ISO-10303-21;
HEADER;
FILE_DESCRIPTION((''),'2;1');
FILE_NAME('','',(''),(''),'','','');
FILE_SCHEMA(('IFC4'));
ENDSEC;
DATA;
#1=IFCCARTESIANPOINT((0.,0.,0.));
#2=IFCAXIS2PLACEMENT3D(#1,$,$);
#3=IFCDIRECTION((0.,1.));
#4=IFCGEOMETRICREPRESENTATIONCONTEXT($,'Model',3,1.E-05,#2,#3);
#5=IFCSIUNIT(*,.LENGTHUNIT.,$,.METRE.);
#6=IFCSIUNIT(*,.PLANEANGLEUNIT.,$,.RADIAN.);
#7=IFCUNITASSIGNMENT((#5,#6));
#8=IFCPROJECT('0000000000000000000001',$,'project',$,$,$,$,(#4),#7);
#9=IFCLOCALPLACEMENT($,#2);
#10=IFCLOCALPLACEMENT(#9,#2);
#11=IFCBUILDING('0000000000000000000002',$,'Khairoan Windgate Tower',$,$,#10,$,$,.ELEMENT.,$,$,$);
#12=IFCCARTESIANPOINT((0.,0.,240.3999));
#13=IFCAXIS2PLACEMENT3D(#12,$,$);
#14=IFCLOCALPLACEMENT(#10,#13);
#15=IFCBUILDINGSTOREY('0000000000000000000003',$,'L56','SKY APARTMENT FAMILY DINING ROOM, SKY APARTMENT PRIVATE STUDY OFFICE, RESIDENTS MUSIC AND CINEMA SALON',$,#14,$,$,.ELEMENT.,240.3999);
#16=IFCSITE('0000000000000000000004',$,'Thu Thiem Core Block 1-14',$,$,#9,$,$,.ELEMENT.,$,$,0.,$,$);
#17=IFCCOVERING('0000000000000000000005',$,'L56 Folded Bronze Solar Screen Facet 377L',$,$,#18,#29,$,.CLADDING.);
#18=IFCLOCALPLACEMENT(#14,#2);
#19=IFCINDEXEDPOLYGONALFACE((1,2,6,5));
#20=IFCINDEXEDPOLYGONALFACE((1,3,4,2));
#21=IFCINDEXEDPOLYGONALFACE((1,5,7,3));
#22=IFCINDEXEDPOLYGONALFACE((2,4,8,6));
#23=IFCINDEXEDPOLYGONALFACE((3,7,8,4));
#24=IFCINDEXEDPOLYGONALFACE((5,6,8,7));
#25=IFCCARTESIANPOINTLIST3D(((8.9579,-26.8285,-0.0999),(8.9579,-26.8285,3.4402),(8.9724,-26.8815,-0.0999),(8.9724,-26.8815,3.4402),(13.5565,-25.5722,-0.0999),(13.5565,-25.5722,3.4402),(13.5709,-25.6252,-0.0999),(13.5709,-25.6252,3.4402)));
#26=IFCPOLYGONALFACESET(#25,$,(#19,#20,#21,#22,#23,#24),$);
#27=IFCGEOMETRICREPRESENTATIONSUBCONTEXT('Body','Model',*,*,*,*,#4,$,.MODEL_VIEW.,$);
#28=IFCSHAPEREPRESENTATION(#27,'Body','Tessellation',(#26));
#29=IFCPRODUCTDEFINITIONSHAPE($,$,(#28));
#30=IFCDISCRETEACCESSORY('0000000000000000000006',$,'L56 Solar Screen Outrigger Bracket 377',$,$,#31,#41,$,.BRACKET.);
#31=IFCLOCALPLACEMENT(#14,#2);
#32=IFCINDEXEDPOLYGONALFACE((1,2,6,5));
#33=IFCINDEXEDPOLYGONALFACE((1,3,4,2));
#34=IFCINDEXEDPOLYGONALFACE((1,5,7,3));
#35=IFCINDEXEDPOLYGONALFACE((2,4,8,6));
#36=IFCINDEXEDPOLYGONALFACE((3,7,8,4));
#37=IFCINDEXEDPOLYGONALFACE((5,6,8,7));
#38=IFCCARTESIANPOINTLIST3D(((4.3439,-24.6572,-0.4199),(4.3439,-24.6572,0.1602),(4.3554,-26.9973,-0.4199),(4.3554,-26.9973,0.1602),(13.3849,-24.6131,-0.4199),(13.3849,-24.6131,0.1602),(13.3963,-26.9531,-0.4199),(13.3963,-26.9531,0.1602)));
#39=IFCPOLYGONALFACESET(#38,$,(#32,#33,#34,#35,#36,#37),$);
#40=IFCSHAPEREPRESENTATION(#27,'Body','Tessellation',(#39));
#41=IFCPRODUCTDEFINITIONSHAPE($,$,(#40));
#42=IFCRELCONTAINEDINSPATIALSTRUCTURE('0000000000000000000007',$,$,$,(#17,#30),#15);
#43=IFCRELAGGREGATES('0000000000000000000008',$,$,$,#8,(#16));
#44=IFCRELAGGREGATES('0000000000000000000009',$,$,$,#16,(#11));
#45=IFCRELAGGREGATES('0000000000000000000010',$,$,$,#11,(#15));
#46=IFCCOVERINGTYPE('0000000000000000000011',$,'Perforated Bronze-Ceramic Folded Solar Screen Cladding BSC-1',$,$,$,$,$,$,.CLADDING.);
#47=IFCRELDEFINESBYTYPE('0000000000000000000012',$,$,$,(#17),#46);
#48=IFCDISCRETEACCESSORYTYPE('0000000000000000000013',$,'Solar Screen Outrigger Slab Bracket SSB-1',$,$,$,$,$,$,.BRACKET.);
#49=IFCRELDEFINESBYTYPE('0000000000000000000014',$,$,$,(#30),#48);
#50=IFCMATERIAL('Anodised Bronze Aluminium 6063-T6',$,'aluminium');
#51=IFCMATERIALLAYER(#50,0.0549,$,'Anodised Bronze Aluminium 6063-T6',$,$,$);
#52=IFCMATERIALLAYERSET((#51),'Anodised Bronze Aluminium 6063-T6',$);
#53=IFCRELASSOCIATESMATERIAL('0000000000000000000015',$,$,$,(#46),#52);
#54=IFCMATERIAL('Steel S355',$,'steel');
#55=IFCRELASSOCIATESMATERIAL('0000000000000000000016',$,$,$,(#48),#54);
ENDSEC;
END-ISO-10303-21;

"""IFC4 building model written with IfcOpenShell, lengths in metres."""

from ifc_helpers import new_model, si_unit, direction, frame, origin, origin_2d, place, context, subcontext, project, spatial, rectangle, extrude, material, layer, layer_set, type_object, element, save


model = new_model("IFC4")

# Units and contexts
model_context = context("Model", 3, precision=1e-05, world=origin(), true_north=direction((0.0, 1.0)))
body_context = subcontext(model_context, "Body", "Model", "MODEL_VIEW")
ifc_project = project(units=[si_unit("LENGTHUNIT", "METRE"), si_unit("PLANEANGLEUNIT", "RADIAN")], contexts=[model_context])

# Site, building, storey
site_placement = place(None, origin())
site = spatial("IfcSite", under=ifc_project, at=site_placement, Name="Thu Thiem Core Block 1-14", CompositionType="ELEMENT", RefElevation=0.0)
building_placement = place(site_placement, origin())
building = spatial("IfcBuilding", under=site, at=building_placement, Name="Khairoan Windgate Tower", CompositionType="ELEMENT")
storey_placement = place(building_placement, frame((0.0, 0.0, 240.3999)))
storey = spatial("IfcBuildingStorey", under=building, at=storey_placement, Name="L56", Description="SKY APARTMENT FAMILY DINING ROOM, SKY APARTMENT PRIVATE STUDY OFFICE, RESIDENTS MUSIC AND CINEMA SALON", CompositionType="ELEMENT", Elevation=240.3999)

# Covering
ifc_material_1 = material(Name="Anodised Bronze Aluminium 6063-T6", Category="aluminium")
ifc_layer_1 = layer(ifc_material_1, 0.0549, Name="Anodised Bronze Aluminium 6063-T6")
ifc_layer_set_1 = layer_set([ifc_layer_1], Name="Anodised Bronze Aluminium 6063-T6")
covering_type = type_object("IfcCoveringType", Name="Perforated Bronze-Ceramic Folded Solar Screen Cladding BSC-1", PredefinedType="CLADDING", material=ifc_layer_set_1)
covering_placement = place(storey_placement, frame((11.2644, -26.2268, -0.0999), z_axis=(0.0, 0.0, 1.0), x_axis=(-0.964649, -0.263536, 0.0)))
element("IfcCovering", 1, at=covering_placement, inside=storey, type_object=covering_type, Name="L56 Folded Bronze Solar Screen Facet 377L", PredefinedType="CLADDING", context=body_context, shape_type="SweptSolid", body=[
    extrude(rectangle(XDim=4.7671, YDim=0.0549, at=origin_2d()), origin(), (0.0, 0.0, 1.0), 3.54),
])

# Discrete accessory
ifc_material_2 = material(Name="Steel S355", Category="steel")
discrete_accessory_type = type_object("IfcDiscreteAccessoryType", Name="Solar Screen Outrigger Slab Bracket SSB-1", PredefinedType="BRACKET", material=ifc_material_2)
discrete_accessory_placement = place(storey_placement, frame((8.8701, -25.8052, -0.4199), z_axis=(0.0, 0.0, 1.0), x_axis=(-0.999988, -0.004887, 0.0)))
element("IfcDiscreteAccessory", 2, at=discrete_accessory_placement, inside=storey, type_object=discrete_accessory_type, Name="L56 Solar Screen Outrigger Bracket 377", PredefinedType="BRACKET", context=body_context, shape_type="SweptSolid", body=[
    extrude(rectangle(XDim=9.041, YDim=2.3401, at=origin_2d()), origin(), (0.0, 0.0, 1.0), 0.5801),
])

save(model, "model.ifc")
